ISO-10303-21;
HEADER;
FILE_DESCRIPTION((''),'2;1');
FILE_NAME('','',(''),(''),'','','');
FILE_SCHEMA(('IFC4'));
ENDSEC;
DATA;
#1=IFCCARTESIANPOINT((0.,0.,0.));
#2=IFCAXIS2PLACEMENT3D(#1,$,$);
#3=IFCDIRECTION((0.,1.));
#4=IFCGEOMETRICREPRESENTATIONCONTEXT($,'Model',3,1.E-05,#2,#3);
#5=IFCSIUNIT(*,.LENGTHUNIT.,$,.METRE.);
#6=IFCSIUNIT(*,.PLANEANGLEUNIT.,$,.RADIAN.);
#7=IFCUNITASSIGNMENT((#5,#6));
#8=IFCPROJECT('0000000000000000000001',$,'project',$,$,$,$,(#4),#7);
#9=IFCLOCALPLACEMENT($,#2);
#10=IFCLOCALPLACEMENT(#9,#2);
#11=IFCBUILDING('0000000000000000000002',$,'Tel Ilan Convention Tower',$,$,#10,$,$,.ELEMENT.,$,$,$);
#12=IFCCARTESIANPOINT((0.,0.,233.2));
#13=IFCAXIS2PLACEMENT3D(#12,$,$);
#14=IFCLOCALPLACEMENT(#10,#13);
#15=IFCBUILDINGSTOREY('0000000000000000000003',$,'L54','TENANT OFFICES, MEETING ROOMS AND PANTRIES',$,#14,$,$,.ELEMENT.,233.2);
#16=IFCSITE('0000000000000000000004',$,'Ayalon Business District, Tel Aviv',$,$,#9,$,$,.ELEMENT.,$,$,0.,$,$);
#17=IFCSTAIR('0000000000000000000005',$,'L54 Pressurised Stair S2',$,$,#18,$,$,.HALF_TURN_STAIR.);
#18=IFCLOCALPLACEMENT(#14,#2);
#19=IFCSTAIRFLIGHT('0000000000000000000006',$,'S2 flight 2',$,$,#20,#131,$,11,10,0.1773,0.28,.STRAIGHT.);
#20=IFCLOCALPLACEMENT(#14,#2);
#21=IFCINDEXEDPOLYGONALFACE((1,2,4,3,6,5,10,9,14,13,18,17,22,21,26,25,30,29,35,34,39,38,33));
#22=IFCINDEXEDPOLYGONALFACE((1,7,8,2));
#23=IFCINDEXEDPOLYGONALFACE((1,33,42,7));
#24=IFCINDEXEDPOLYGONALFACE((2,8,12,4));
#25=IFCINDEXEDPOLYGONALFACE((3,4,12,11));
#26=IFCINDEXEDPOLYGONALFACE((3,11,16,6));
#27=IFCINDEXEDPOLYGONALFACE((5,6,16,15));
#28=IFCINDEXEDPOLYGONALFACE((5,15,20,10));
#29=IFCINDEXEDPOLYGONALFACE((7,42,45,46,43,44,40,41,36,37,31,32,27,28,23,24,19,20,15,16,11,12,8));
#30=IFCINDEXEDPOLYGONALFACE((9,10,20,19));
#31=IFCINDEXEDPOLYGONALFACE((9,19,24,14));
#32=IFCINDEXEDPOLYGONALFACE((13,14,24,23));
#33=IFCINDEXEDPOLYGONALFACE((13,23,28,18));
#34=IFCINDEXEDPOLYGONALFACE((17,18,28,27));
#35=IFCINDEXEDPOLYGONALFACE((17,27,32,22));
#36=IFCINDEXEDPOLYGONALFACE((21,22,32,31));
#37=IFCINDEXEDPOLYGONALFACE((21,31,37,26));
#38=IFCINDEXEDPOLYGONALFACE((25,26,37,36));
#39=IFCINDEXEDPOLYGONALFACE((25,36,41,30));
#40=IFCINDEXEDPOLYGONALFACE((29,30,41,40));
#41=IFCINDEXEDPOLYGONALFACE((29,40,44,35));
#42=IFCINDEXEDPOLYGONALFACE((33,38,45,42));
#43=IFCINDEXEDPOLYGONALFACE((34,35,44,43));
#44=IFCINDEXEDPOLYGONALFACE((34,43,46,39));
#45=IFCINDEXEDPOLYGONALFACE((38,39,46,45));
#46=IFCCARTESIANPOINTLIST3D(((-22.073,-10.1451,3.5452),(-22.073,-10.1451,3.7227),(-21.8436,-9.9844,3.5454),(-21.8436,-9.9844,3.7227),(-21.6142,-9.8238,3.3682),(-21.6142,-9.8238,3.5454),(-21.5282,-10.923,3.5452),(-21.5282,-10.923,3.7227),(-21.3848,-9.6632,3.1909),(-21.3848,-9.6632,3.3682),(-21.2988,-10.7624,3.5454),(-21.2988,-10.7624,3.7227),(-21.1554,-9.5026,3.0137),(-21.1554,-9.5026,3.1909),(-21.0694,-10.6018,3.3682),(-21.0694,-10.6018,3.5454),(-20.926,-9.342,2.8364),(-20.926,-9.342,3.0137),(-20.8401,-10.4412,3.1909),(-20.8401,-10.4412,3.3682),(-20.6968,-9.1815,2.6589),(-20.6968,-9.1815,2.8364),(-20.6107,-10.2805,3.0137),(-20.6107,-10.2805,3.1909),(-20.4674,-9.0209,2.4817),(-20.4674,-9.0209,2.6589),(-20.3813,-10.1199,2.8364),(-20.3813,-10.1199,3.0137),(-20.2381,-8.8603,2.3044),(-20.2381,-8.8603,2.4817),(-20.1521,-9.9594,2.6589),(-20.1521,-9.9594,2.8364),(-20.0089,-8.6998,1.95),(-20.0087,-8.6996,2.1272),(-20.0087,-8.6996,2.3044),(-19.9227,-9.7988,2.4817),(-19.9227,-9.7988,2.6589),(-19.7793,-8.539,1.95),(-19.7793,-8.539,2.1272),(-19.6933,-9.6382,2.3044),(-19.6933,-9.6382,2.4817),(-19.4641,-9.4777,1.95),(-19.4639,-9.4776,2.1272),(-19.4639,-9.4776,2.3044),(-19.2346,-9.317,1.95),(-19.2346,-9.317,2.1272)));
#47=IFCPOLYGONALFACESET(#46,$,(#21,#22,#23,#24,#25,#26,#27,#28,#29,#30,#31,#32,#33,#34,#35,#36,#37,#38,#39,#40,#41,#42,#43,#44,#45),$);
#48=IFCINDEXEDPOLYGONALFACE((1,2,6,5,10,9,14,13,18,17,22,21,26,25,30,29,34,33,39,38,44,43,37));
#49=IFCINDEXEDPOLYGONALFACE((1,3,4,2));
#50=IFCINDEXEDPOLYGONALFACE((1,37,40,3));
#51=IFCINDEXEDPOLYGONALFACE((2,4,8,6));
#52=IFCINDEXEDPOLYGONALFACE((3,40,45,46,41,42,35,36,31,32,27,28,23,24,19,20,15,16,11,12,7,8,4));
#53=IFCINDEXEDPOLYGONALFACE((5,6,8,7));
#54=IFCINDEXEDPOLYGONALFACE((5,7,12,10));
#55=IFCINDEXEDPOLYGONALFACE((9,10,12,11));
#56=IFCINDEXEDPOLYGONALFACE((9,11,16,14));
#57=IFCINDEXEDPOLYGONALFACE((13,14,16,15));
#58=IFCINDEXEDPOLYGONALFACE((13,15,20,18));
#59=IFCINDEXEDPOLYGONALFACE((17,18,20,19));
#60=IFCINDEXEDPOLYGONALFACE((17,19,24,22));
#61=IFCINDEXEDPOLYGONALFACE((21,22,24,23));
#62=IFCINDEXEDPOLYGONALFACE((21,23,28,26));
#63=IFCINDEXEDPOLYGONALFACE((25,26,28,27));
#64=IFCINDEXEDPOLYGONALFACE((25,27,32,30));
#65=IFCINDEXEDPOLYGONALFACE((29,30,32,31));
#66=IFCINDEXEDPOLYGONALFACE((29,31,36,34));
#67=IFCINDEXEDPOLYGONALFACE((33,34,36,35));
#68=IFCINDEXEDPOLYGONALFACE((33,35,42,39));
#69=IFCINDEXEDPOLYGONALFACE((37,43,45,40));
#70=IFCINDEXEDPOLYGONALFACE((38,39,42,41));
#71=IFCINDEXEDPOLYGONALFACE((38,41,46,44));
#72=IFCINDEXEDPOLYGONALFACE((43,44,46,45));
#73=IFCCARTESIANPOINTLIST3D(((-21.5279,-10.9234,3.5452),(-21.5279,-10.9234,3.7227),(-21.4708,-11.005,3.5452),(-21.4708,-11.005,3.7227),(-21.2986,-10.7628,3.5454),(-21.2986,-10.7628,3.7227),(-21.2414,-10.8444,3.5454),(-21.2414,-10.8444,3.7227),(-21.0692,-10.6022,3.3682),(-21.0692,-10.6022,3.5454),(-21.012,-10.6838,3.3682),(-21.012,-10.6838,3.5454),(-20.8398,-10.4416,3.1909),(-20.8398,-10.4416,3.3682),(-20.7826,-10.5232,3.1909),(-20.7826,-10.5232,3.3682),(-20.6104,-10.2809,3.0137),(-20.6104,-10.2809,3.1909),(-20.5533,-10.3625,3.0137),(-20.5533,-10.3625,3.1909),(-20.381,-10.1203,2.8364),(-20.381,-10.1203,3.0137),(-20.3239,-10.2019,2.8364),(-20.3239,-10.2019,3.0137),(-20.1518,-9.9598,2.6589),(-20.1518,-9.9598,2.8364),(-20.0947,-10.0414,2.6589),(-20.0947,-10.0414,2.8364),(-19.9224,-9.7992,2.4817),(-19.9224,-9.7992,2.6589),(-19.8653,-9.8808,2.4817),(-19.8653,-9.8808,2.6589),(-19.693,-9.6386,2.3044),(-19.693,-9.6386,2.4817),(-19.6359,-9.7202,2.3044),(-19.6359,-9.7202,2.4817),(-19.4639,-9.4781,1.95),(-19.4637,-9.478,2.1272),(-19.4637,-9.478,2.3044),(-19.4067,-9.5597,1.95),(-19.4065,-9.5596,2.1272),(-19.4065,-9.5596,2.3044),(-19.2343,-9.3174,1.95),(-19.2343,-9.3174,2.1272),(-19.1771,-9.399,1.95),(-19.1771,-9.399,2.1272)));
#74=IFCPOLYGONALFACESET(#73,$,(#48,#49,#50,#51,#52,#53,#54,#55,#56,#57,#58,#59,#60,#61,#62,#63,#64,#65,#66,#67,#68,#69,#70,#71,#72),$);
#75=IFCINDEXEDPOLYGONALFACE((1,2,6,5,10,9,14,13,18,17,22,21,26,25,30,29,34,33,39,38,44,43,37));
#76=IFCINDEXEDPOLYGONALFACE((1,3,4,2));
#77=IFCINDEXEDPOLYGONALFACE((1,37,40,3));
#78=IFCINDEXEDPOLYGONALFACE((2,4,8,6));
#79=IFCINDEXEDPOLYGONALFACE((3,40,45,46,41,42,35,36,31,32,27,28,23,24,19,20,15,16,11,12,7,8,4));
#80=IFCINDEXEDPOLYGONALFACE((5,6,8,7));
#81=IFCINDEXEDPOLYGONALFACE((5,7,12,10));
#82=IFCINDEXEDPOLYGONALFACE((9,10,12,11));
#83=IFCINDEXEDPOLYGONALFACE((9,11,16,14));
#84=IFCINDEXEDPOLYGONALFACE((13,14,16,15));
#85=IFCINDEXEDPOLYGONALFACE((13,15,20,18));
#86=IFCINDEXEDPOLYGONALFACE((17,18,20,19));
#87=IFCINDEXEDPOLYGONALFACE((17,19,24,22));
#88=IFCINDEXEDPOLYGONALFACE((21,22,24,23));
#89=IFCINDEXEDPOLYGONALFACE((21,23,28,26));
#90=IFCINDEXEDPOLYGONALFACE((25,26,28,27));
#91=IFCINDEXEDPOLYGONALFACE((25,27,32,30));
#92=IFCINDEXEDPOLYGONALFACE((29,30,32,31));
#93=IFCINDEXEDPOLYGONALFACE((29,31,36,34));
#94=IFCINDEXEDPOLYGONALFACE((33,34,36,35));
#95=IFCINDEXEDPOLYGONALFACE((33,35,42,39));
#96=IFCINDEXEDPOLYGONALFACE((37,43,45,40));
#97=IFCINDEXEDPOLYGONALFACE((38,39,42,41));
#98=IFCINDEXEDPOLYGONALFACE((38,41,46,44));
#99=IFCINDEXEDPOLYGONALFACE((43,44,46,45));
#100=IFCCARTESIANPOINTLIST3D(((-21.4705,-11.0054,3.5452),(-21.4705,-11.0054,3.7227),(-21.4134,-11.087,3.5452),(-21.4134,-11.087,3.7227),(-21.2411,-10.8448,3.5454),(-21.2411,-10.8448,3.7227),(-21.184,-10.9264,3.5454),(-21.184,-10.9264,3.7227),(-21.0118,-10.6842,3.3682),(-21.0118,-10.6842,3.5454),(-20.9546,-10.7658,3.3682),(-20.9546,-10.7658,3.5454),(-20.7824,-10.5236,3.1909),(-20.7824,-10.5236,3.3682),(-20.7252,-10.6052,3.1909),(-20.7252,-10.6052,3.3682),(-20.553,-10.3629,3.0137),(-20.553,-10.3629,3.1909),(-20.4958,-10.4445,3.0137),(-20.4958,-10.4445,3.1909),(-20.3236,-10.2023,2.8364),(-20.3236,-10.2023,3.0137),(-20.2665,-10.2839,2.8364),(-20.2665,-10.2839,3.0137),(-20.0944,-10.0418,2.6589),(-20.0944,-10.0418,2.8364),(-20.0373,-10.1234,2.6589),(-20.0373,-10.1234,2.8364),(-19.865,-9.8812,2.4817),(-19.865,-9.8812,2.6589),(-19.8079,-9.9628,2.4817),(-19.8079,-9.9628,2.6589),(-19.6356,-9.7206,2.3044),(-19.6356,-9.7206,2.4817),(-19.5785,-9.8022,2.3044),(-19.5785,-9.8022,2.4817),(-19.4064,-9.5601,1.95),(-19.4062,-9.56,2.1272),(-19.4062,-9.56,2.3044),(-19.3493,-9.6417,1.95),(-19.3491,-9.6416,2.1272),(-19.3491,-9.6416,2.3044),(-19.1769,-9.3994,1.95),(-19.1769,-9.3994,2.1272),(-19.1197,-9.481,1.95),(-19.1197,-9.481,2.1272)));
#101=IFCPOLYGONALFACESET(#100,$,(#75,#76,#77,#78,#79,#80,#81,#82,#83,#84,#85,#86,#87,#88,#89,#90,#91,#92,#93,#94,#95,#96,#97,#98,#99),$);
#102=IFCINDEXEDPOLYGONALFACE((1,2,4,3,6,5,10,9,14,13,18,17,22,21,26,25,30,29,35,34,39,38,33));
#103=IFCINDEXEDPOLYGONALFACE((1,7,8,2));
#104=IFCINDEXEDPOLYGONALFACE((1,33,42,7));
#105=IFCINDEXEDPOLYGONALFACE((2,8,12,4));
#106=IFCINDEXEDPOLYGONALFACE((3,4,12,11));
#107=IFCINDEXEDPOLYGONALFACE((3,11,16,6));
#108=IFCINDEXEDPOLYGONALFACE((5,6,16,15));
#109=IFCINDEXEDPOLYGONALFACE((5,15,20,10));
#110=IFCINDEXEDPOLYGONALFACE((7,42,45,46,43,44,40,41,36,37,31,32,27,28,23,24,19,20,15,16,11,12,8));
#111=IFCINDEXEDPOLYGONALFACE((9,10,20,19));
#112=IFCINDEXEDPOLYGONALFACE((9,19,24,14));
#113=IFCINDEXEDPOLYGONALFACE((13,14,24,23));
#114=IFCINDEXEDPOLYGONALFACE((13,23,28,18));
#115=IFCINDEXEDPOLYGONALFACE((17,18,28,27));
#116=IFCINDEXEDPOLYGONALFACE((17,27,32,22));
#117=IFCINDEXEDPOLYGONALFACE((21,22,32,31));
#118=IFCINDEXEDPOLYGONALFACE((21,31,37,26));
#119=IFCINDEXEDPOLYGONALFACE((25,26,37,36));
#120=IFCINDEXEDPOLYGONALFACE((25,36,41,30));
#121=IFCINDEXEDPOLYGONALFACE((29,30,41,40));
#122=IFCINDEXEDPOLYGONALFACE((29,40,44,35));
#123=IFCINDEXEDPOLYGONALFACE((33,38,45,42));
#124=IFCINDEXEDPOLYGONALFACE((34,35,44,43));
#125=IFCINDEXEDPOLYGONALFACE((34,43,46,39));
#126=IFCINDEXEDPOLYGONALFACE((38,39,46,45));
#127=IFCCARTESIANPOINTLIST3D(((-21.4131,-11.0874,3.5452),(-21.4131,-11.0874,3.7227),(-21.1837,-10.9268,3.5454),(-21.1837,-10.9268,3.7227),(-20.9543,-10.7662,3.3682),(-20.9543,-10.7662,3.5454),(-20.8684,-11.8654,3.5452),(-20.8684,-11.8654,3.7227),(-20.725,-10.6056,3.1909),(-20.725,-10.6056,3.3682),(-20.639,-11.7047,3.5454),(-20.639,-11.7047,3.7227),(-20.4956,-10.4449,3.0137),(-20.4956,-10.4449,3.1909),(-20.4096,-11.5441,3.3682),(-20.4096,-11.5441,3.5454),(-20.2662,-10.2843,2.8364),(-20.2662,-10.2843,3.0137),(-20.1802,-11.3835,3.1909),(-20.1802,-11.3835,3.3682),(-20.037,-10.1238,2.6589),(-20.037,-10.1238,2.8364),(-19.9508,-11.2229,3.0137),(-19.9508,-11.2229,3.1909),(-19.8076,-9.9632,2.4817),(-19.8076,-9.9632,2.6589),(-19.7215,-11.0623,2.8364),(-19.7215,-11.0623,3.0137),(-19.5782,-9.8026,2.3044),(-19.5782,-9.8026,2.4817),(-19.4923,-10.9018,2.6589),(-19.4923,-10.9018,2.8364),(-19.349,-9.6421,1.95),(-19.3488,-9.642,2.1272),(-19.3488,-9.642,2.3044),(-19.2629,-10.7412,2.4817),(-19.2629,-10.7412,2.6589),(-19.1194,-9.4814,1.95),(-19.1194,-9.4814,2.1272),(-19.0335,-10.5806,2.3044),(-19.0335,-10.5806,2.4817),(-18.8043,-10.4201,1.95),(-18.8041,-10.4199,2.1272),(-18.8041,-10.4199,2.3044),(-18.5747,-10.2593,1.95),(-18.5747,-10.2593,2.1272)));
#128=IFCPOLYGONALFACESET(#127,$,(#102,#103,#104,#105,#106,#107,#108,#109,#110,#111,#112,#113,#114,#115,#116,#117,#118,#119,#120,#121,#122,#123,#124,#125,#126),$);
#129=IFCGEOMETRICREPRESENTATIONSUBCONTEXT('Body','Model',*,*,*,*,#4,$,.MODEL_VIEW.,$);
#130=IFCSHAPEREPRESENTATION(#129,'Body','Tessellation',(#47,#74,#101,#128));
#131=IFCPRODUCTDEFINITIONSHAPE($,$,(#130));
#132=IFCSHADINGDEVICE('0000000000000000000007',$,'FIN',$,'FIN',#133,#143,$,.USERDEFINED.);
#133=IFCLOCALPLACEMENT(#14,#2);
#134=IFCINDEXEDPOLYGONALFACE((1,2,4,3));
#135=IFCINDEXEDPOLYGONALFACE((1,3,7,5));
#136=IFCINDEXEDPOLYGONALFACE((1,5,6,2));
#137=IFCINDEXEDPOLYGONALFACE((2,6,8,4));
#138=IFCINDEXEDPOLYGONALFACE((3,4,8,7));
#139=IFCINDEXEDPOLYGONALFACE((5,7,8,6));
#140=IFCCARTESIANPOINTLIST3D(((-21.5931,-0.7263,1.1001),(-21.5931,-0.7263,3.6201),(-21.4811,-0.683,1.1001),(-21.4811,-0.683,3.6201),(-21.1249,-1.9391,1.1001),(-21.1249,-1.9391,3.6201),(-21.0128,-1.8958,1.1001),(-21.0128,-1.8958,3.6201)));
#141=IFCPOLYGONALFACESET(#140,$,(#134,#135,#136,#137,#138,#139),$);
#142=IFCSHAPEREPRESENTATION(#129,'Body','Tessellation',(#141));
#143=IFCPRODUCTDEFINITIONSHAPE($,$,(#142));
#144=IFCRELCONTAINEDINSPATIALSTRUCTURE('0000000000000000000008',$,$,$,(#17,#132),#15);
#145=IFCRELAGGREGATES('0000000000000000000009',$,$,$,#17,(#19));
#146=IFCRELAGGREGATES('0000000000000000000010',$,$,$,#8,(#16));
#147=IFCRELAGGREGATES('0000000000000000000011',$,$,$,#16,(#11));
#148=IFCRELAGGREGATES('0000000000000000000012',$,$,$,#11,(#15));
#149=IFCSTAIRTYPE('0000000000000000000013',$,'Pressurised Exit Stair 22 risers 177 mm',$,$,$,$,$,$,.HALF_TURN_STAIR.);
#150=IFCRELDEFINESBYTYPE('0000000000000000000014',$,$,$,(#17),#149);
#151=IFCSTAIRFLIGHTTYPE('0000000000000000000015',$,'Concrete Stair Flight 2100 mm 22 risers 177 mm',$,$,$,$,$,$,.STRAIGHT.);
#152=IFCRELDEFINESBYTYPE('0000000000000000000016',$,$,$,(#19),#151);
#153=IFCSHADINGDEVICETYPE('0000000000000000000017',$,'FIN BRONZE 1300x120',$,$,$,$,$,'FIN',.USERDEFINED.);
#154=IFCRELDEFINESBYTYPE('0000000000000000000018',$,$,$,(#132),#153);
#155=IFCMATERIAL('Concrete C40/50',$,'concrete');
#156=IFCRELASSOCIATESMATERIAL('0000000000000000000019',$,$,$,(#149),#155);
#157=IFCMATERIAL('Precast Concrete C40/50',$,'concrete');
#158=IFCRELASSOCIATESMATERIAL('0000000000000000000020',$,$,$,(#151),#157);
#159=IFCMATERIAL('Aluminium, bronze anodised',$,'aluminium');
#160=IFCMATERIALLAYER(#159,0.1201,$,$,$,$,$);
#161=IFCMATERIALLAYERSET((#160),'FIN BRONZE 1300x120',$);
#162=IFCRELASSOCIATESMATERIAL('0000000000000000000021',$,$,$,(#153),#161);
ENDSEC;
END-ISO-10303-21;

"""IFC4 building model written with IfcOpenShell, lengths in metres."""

from ifc_helpers import new_model, si_unit, direction, frame, origin, origin_2d, place, context, subcontext, project, spatial, polyline, rectangle, outline, extrude, material, layer, layer_set, type_object, element, aggregate, save


model = new_model("IFC4")

# Units and contexts
model_context = context("Model", 3, precision=1e-05, world=origin(), true_north=direction((0.0, 1.0)))
body_context = subcontext(model_context, "Body", "Model", "MODEL_VIEW")
ifc_project = project(units=[si_unit("LENGTHUNIT", "METRE"), si_unit("PLANEANGLEUNIT", "RADIAN")], contexts=[model_context])

# Site, building, storey
site_placement = place(None, origin())
site = spatial("IfcSite", under=ifc_project, at=site_placement, Name="Ayalon Business District, Tel Aviv", CompositionType="ELEMENT", RefElevation=0.0)
building_placement = place(site_placement, origin())
building = spatial("IfcBuilding", under=site, at=building_placement, Name="Tel Ilan Convention Tower", CompositionType="ELEMENT")
storey_placement = place(building_placement, frame((0.0, 0.0, 233.2)))
storey = spatial("IfcBuildingStorey", under=building, at=storey_placement, Name="L54", Description="TENANT OFFICES, MEETING ROOMS AND PANTRIES", CompositionType="ELEMENT", Elevation=233.2)

# Stair, stair flight
ifc_material_1 = material(Name="Concrete C40/50", Category="concrete")
stair_type = type_object("IfcStairType", Name="Pressurised Exit Stair 22 risers 177 mm", PredefinedType="HALF_TURN_STAIR", material=ifc_material_1)
ifc_material_2 = material(Name="Precast Concrete C40/50", Category="concrete")
stair_flight_type = type_object("IfcStairFlightType", Name="Concrete Stair Flight 2100 mm 22 risers 177 mm", PredefinedType="STRAIGHT", material=ifc_material_2)
stair_1_placement = place(storey_placement, origin())
stair_1 = element("IfcStair", 1, at=stair_1_placement, inside=storey, type_object=stair_type, Name="L54 Pressurised Stair S2", PredefinedType="HALF_TURN_STAIR")
stair_flight_1_placement = place(storey_placement, frame((-19.177, -9.3992, 1.95), z_axis=(0.0, 0.0, 1.0), x_axis=(-0.819152, -0.573576, 0.0)))
stair_flight_1 = element("IfcStairFlight", 2, at=stair_flight_1_placement, type_object=stair_flight_type, Name="S2 flight 2", NumberOfRisers=11, NumberOfTreads=10, PredefinedType="STRAIGHT", RiserHeight=0.1773, TreadLength=0.28, context=body_context, shape_type="SweptSolid", body=[
    extrude(outline(polyline([(0.0, 0.0), (0.0, 0.1772), (0.28, 0.1772), (0.28, 0.3545), (0.5601, 0.3545), (0.5601, 0.5317), (0.8401, 0.5317), (0.8401, 0.709), (1.1201, 0.709), (1.1201, 0.8865), (1.3999, 0.8865), (1.3999, 1.0637), (1.6799, 1.0637), (1.6799, 1.241), (1.96, 1.241), (1.96, 1.4182), (2.24, 1.4182), (2.24, 1.5955), (2.52, 1.5955), (2.52, 1.7727), (2.8, 1.7727), (2.8, 1.95), (2.8, 1.5952), (0.2803, 0.0), (0.0, 0.0)])), frame((0.0, -0.1003, 0.0), z_axis=(0.0, -1.0, 0.0), x_axis=(1.0, 0.0, 0.0)), (0.0, 0.0, 1.0), 0.9497),
    extrude(outline(polyline([(0.0, 0.0), (0.0, 0.1772), (0.28, 0.1772), (0.28, 0.3545), (0.5601, 0.3545), (0.5601, 0.5317), (0.8401, 0.5317), (0.8401, 0.709), (1.1201, 0.709), (1.1201, 0.8865), (1.3999, 0.8865), (1.3999, 1.0637), (1.6799, 1.0637), (1.6799, 1.241), (1.96, 1.241), (1.96, 1.4182), (2.24, 1.4182), (2.24, 1.5955), (2.52, 1.5955), (2.52, 1.7727), (2.8, 1.7727), (2.8, 1.95), (2.8, 1.5952), (0.2803, 0.0), (0.0, 0.0)])), frame((0.0, -0.0002, 0.0), z_axis=(0.0, -1.0, 0.0), x_axis=(1.0, 0.0, 0.0)), (0.0, 0.0, 1.0), 0.0996),
    extrude(outline(polyline([(0.0, 0.0), (0.0, 0.1772), (0.28, 0.1772), (0.28, 0.3545), (0.5601, 0.3545), (0.5601, 0.5317), (0.8401, 0.5317), (0.8401, 0.709), (1.1201, 0.709), (1.1201, 0.8865), (1.3999, 0.8865), (1.3999, 1.0637), (1.6799, 1.0637), (1.6799, 1.241), (1.96, 1.241), (1.96, 1.4182), (2.24, 1.4182), (2.24, 1.5955), (2.52, 1.5955), (2.52, 1.7727), (2.8, 1.7727), (2.8, 1.95), (2.8, 1.5952), (0.2803, 0.0), (0.0, 0.0)])), frame((0.0, 0.0999, 0.0), z_axis=(0.0, -1.0, 0.0), x_axis=(1.0, 0.0, 0.0)), (0.0, 0.0, 1.0), 0.0996),
    extrude(outline(polyline([(0.0, 0.0), (0.0, 0.1772), (0.28, 0.1772), (0.28, 0.3545), (0.5601, 0.3545), (0.5601, 0.5317), (0.8401, 0.5317), (0.8401, 0.709), (1.1201, 0.709), (1.1201, 0.8865), (1.3999, 0.8865), (1.3999, 1.0637), (1.6799, 1.0637), (1.6799, 1.241), (1.96, 1.241), (1.96, 1.4182), (2.24, 1.4182), (2.24, 1.5955), (2.52, 1.5955), (2.52, 1.7727), (2.8, 1.7727), (2.8, 1.95), (2.8, 1.5952), (0.2803, 0.0), (0.0, 0.0)])), frame((0.0, 1.05, 0.0), z_axis=(0.0, -1.0, 0.0), x_axis=(1.0, 0.0, 0.0)), (0.0, 0.0, 1.0), 0.9497),
])
aggregate(stair_1, [stair_flight_1])

# Shading device
ifc_material_3 = material(Name="Aluminium, bronze anodised", Category="aluminium")
ifc_layer_1 = layer(ifc_material_3, 0.1201)
ifc_layer_set_1 = layer_set([ifc_layer_1], Name="FIN BRONZE 1300x120")
shading_device_type = type_object("IfcShadingDeviceType", Name="FIN BRONZE 1300x120", ElementType="FIN", PredefinedType="USERDEFINED", material=ifc_layer_set_1)
shading_device_placement = place(storey_placement, frame((-21.303, -1.311, 1.1001), z_axis=(0.0, 0.0, 1.0), x_axis=(-0.360178, 0.932884, 0.0)))
element("IfcShadingDevice", 3, at=shading_device_placement, inside=storey, type_object=shading_device_type, Name="FIN", ObjectType="FIN", PredefinedType="USERDEFINED", context=body_context, shape_type="SweptSolid", body=[
    extrude(rectangle(XDim=1.3, YDim=0.1201, at=origin_2d()), origin(), (0.0, 0.0, 1.0), 2.52),
])

save(model, "model.ifc")
